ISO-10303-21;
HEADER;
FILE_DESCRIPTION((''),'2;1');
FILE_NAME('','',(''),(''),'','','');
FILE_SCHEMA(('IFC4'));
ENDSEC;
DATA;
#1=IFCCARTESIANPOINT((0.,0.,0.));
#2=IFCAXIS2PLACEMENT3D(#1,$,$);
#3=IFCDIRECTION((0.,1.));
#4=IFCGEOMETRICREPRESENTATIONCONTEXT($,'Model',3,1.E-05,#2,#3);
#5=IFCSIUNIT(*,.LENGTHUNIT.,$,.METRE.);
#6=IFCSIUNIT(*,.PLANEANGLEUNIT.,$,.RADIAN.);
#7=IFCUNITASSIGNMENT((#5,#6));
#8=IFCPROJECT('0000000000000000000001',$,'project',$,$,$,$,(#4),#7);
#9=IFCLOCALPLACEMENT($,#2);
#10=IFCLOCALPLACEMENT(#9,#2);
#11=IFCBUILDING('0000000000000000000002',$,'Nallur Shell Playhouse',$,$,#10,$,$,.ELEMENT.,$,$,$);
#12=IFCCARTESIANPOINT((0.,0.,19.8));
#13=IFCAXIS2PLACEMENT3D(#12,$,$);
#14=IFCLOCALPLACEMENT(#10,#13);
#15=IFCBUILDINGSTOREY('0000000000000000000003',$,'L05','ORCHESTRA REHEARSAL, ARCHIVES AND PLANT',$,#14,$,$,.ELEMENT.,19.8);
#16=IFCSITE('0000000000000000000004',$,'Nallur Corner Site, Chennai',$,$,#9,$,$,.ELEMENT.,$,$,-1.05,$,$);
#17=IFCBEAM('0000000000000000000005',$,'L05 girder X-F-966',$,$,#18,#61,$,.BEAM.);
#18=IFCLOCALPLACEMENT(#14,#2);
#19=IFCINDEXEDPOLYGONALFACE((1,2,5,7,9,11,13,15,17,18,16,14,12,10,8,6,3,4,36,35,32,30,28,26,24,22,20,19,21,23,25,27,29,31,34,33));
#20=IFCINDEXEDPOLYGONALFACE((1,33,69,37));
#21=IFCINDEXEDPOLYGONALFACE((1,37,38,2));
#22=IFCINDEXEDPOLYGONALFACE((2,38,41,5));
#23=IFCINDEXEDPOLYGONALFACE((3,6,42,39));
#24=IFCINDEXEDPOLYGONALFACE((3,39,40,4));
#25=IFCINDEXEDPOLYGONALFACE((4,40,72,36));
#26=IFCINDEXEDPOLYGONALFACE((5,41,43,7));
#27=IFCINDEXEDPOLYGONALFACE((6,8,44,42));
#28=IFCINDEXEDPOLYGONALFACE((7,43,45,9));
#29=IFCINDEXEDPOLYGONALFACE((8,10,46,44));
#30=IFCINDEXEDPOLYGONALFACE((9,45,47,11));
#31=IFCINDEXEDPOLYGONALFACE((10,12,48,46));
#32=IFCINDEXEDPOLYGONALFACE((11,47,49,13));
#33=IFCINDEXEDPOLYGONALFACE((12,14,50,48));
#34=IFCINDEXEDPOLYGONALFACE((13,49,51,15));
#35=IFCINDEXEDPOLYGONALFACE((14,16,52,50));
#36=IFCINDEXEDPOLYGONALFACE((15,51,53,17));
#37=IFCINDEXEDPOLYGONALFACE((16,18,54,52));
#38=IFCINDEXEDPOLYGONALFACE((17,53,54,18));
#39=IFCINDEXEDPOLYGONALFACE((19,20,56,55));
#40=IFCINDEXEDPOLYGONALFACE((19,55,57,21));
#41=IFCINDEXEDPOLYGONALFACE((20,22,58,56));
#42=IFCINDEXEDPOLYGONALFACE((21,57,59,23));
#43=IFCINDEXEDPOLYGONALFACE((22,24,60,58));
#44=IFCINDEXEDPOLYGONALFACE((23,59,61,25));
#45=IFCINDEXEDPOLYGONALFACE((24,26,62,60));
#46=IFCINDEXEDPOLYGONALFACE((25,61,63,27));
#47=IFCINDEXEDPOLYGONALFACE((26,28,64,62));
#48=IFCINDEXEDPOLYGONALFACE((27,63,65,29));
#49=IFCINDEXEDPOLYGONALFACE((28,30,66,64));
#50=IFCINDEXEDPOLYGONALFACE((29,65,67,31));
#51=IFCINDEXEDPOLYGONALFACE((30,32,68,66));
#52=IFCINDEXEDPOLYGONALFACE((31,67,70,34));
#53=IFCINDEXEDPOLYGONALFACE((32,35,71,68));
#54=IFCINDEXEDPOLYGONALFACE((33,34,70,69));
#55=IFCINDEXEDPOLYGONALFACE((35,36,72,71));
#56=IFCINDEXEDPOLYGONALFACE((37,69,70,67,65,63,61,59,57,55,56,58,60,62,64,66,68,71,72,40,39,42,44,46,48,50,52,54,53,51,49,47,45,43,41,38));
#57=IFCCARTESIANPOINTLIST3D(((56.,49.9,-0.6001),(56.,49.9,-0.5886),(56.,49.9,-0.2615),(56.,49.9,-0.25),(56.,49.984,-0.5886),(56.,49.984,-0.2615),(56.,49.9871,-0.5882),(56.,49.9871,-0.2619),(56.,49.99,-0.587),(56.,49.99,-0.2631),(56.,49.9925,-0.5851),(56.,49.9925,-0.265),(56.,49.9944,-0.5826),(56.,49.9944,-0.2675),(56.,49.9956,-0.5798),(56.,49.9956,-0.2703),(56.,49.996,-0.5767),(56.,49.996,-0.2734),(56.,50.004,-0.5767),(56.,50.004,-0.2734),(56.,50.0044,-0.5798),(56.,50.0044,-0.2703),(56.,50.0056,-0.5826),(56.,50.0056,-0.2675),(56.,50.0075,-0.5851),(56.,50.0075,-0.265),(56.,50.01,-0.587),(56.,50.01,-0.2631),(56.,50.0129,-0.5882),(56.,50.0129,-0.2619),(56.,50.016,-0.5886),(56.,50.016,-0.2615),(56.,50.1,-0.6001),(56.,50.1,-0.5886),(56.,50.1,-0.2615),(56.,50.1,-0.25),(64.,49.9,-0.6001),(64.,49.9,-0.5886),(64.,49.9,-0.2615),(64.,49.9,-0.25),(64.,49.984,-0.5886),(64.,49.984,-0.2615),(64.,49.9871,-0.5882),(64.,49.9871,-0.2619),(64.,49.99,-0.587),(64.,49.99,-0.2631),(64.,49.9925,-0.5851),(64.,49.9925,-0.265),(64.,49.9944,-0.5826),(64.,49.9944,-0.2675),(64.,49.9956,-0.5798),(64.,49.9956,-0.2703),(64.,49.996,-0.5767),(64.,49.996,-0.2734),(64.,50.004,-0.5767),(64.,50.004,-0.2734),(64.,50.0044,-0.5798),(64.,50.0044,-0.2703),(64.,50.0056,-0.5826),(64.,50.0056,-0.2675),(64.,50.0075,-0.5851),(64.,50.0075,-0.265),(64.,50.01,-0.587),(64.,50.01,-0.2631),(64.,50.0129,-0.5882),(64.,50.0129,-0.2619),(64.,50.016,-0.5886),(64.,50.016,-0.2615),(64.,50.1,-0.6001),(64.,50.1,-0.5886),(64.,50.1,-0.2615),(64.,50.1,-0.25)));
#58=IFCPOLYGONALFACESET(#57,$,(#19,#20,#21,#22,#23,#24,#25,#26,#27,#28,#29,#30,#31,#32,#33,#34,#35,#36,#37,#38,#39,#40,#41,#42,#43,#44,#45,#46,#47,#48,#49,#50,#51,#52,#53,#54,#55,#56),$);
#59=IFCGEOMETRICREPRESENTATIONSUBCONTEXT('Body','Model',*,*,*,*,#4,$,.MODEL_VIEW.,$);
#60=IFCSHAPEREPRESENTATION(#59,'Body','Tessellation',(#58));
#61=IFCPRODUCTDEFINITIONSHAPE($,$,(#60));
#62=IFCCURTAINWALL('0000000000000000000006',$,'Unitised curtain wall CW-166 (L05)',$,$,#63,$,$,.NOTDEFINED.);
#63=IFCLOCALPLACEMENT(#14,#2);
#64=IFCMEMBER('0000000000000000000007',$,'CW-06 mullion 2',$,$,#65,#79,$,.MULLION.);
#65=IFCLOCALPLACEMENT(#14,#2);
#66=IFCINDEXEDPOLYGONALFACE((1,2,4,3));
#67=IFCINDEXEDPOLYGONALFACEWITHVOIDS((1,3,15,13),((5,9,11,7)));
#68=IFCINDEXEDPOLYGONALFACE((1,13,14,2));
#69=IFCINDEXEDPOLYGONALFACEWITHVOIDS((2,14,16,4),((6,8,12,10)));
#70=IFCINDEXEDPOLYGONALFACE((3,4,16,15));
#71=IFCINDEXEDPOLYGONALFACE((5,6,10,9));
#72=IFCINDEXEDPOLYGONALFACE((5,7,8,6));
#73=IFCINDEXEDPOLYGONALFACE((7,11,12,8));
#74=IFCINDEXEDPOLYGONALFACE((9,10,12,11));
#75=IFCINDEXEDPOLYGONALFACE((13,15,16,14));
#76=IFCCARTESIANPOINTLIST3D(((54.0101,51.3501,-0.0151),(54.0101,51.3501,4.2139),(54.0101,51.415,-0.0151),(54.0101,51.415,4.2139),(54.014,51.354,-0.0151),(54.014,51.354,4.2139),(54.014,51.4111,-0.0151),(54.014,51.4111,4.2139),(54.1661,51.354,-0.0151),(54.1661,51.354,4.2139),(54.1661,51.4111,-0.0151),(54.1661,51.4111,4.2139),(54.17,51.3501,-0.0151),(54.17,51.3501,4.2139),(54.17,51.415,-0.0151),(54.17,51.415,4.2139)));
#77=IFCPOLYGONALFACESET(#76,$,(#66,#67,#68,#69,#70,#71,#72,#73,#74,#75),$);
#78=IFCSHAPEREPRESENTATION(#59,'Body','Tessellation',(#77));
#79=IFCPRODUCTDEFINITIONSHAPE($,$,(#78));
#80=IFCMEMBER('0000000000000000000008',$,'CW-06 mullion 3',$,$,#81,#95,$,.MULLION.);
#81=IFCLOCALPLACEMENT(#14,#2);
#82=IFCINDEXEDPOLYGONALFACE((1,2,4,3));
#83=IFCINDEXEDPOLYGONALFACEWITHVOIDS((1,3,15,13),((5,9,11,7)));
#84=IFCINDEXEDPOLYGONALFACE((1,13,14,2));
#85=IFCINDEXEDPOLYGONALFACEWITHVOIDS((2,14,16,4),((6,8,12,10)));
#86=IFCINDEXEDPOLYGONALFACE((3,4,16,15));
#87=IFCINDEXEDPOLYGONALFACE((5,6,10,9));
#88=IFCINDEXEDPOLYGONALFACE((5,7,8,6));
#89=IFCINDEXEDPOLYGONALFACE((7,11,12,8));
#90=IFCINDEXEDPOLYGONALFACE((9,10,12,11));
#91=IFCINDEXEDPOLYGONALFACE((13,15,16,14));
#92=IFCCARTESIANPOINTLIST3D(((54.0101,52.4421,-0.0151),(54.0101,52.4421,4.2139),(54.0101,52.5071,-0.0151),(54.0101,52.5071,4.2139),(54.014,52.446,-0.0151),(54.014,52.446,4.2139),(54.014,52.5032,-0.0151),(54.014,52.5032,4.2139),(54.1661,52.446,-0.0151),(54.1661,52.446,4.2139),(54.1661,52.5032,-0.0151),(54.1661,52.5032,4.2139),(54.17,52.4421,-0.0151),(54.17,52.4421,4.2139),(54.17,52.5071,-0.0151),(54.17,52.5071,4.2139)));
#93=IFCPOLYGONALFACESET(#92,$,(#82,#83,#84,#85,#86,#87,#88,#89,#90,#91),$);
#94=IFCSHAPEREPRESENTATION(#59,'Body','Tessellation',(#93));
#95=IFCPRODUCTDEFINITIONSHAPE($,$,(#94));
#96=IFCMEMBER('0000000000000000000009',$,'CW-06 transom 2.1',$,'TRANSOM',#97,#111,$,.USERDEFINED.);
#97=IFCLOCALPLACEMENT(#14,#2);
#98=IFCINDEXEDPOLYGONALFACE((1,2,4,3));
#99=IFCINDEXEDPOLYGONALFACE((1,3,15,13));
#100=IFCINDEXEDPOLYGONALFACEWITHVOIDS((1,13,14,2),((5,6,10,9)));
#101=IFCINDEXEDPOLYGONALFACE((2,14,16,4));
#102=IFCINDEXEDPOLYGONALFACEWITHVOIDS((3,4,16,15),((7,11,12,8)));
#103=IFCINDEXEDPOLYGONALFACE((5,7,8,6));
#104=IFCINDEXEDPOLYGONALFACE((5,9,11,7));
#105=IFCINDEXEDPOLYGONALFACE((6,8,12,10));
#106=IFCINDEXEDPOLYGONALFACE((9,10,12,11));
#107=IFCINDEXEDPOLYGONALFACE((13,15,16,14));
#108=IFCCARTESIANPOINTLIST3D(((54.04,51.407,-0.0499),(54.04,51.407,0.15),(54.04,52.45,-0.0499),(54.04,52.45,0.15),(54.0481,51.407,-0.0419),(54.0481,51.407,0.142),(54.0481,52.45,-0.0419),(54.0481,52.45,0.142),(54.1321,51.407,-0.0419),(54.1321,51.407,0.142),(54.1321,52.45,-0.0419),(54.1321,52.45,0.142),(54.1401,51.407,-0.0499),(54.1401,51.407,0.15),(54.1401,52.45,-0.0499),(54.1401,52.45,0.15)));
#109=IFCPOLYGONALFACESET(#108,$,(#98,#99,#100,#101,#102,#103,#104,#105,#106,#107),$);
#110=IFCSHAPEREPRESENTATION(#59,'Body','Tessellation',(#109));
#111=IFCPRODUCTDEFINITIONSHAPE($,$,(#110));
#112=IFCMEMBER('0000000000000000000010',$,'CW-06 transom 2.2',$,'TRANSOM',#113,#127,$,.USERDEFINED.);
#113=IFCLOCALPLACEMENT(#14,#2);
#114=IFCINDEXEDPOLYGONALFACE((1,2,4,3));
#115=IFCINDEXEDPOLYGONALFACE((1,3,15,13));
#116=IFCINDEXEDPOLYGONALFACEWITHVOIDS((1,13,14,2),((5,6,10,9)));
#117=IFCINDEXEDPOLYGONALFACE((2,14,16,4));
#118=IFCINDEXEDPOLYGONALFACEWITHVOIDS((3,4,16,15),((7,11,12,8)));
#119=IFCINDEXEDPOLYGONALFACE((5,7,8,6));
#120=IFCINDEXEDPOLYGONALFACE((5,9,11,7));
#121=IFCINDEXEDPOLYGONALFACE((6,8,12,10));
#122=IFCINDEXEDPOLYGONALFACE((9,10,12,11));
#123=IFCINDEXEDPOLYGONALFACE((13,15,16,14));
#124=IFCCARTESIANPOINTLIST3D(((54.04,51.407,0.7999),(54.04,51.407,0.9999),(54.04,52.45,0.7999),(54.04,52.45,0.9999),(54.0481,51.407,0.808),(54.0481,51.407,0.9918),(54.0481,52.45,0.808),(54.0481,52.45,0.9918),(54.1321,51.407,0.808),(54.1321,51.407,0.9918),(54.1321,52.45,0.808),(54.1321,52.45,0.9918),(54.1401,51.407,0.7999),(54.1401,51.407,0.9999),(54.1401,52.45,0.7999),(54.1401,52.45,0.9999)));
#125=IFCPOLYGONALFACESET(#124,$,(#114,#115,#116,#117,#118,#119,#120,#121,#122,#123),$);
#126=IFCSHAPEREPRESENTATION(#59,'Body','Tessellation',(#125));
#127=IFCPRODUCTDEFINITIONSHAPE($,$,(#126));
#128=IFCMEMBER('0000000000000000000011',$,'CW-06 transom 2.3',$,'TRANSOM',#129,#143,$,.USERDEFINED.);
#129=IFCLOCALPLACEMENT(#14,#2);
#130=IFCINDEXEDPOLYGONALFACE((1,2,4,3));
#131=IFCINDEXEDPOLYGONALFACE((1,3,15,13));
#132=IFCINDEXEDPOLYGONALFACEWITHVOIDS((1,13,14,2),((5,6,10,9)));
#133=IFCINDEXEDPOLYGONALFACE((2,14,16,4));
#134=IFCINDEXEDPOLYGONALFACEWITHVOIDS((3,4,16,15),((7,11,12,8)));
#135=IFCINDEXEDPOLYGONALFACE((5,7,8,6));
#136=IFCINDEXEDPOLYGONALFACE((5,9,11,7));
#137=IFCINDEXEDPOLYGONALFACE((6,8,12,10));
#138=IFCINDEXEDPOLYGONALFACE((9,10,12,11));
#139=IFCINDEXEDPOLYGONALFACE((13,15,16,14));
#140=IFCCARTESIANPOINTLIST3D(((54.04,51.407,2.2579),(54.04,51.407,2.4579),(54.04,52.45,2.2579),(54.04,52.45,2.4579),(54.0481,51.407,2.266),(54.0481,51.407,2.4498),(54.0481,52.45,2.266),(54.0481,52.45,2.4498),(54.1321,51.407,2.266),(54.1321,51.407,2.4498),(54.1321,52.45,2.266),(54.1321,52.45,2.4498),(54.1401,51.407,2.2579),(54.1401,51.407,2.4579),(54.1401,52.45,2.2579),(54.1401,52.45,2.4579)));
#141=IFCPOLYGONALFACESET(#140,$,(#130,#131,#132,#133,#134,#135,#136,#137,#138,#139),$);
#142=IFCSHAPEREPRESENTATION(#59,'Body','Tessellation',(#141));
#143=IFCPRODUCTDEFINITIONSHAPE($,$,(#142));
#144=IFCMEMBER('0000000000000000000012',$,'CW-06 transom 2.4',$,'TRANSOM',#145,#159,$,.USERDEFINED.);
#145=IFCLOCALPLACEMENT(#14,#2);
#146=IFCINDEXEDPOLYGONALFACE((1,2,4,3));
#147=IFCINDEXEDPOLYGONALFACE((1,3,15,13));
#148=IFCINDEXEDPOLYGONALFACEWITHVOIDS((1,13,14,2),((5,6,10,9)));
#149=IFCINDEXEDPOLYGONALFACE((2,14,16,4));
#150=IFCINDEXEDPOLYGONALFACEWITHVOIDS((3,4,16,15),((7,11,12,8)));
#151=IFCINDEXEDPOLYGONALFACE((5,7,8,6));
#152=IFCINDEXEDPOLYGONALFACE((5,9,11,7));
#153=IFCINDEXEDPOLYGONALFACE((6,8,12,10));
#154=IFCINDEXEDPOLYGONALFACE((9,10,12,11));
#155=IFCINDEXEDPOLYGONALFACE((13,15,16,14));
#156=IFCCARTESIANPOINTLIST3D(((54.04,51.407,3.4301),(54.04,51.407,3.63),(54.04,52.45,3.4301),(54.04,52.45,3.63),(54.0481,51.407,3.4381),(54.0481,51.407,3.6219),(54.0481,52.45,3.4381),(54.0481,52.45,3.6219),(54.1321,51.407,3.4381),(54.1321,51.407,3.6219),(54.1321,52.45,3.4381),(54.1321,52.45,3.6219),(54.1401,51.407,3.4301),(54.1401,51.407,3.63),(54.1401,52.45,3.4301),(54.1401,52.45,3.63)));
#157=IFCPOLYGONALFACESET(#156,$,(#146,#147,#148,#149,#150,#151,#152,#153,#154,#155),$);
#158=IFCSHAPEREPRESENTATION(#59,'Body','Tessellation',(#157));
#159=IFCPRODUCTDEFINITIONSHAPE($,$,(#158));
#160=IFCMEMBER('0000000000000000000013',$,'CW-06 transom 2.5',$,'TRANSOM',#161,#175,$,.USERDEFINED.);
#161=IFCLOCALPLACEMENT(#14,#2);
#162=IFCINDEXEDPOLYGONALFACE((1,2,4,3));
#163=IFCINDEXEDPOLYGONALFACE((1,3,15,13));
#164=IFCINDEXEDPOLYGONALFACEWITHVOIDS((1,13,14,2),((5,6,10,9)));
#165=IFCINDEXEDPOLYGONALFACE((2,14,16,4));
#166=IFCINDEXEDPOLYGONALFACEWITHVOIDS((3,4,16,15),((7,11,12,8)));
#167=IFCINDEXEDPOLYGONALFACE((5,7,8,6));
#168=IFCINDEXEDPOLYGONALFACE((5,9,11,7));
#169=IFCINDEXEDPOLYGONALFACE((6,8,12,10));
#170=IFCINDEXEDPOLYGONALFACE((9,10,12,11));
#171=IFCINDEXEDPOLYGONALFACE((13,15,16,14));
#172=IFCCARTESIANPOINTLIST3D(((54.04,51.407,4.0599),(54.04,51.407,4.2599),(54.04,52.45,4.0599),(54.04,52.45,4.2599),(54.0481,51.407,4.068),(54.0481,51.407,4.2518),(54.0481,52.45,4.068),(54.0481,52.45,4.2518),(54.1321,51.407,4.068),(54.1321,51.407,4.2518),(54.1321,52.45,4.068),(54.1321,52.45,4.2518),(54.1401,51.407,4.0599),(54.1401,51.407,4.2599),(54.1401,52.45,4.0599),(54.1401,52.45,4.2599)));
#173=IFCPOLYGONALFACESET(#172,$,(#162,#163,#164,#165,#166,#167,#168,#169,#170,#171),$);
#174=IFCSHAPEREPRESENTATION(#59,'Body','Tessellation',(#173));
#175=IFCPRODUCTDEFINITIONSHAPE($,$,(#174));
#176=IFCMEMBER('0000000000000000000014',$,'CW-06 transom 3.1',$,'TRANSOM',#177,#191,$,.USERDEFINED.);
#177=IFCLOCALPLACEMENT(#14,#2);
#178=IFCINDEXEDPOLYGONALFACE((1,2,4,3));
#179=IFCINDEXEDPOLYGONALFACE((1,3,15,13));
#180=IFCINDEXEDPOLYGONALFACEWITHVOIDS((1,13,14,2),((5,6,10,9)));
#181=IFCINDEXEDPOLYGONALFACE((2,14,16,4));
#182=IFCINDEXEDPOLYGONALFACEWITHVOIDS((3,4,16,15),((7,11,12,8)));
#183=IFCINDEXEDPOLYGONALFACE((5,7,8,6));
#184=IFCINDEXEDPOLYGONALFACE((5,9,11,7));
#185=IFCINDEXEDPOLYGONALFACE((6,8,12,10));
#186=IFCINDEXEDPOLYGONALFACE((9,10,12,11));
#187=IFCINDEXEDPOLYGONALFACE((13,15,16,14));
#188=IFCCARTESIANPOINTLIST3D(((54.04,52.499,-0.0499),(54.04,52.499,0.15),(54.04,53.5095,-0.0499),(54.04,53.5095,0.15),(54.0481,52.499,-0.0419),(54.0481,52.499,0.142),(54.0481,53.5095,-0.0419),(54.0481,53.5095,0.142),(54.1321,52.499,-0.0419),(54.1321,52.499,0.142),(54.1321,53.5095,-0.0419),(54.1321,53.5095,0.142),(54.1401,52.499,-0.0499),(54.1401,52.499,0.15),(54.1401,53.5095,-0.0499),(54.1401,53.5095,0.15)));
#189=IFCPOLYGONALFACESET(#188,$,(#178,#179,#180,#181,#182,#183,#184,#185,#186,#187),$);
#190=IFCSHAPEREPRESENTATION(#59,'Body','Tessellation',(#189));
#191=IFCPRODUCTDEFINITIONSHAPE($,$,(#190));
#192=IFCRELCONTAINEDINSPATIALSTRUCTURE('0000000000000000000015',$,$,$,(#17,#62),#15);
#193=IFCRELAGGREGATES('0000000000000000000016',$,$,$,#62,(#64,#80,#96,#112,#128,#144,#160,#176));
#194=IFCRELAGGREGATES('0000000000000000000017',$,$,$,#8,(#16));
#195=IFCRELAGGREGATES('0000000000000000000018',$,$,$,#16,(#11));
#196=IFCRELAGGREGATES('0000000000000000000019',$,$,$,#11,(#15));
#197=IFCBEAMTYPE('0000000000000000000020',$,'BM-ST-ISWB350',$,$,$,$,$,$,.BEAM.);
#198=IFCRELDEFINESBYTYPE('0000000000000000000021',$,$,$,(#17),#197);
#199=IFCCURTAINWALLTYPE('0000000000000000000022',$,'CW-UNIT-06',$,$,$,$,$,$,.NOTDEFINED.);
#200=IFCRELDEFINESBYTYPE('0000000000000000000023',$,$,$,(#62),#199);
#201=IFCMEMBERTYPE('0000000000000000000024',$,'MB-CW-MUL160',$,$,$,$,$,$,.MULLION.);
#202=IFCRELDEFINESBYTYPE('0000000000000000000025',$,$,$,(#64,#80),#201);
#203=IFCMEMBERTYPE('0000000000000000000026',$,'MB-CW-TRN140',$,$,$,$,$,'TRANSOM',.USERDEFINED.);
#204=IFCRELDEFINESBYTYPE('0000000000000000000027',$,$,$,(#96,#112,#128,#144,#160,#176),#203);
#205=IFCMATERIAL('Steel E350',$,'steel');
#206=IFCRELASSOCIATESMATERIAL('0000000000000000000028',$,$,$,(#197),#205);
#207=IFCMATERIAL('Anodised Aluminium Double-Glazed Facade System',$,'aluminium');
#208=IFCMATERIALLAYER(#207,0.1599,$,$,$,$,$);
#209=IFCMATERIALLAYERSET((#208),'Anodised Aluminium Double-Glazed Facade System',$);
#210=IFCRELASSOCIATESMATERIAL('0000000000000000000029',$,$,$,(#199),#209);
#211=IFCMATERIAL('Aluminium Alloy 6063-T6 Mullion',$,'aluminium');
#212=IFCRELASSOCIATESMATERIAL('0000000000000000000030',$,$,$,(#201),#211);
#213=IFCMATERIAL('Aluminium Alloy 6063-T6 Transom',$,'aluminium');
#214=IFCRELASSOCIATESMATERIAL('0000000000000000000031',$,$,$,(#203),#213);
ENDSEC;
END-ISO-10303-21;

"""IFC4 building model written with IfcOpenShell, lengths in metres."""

from ifc_helpers import new_model, si_unit, direction, frame, origin, origin_2d, place, context, subcontext, project, spatial, hollow_rectangle, i_section, extrude, material, layer, layer_set, material_profile, profile_set, type_object, element, aggregate, save


model = new_model("IFC4")

# Units and contexts
model_context = context("Model", 3, precision=1e-05, world=origin(), true_north=direction((0.0, 1.0)))
body_context = subcontext(model_context, "Body", "Model", "MODEL_VIEW")
ifc_project = project(units=[si_unit("LENGTHUNIT", "METRE"), si_unit("PLANEANGLEUNIT", "RADIAN")], contexts=[model_context])

# Site, building, storey
site_placement = place(None, origin())
site = spatial("IfcSite", under=ifc_project, at=site_placement, Name="Nallur Corner Site, Chennai", CompositionType="ELEMENT", RefElevation=-1.05)
building_placement = place(site_placement, origin())
building = spatial("IfcBuilding", under=site, at=building_placement, Name="Nallur Shell Playhouse", CompositionType="ELEMENT")
storey_placement = place(building_placement, frame((0.0, 0.0, 19.8)))
storey = spatial("IfcBuildingStorey", under=building, at=storey_placement, Name="L05", Description="ORCHESTRA REHEARSAL, ARCHIVES AND PLANT", CompositionType="ELEMENT", Elevation=19.8)

# Beam
ifc_material_1 = material(Name="Steel E350", Category="steel")
ifc_material_profile_1 = material_profile(ifc_material_1, i_section(OverallWidth=0.2, OverallDepth=0.3501, WebThickness=0.0081, FlangeThickness=0.0115, FilletRadius=0.012, at=origin_2d()), Name="ISWB 350")
ifc_profile_set_1 = profile_set([ifc_material_profile_1], Name="Steel E350")
beam_type_1 = type_object("IfcBeamType", Name="BM-ST-ISWB350", PredefinedType="BEAM", material=ifc_profile_set_1)
beam_1_placement = place(storey_placement, frame((56.0, 50.0, -0.425), z_axis=(1.0, 0.0, 0.0), x_axis=(0.0, 1.0, 0.0)))
element("IfcBeam", 1, at=beam_1_placement, inside=storey, type_object=beam_type_1, Name="L05 girder X-F-966", PredefinedType="BEAM", context=body_context, shape_type="SweptSolid", body=[
    extrude(i_section(OverallWidth=0.2, OverallDepth=0.3501, WebThickness=0.0081, FlangeThickness=0.0115, FilletRadius=0.012, at=origin_2d()), origin(), (0.0, 0.0, 1.0), 8.0),
])

# Curtain wall, members
ifc_material_2 = material(Name="Anodised Aluminium Double-Glazed Facade System", Category="aluminium")
ifc_layer_1 = layer(ifc_material_2, 0.1599)
ifc_layer_set_1 = layer_set([ifc_layer_1], Name="Anodised Aluminium Double-Glazed Facade System")
curtain_wall_type = type_object("IfcCurtainWallType", Name="CW-UNIT-06", PredefinedType="NOTDEFINED", material=ifc_layer_set_1)
curtain_wall_placement = place(storey_placement, origin())
curtain_wall = element("IfcCurtainWall", 2, at=curtain_wall_placement, inside=storey, type_object=curtain_wall_type, Name="Unitised curtain wall CW-166 (L05)", PredefinedType="NOTDEFINED")
ifc_material_3 = material(Name="Aluminium Alloy 6063-T6 Mullion", Category="aluminium")
ifc_material_profile_2 = material_profile(ifc_material_3, hollow_rectangle(XDim=0.0649, YDim=0.1599, WallThickness=0.0039, at=origin_2d()), Name="ALU 65x160x4")
ifc_profile_set_2 = profile_set([ifc_material_profile_2], Name="Aluminium Alloy 6063-T6 Mullion")
member_type_1 = type_object("IfcMemberType", Name="MB-CW-MUL160", PredefinedType="MULLION", material=ifc_profile_set_2)
member_1_placement = place(storey_placement, frame((54.0901, 51.3826, -0.0151), z_axis=(0.0, 0.0, 1.0), x_axis=(0.0, 1.0, 0.0)))
member_1 = element("IfcMember", 3, at=member_1_placement, type_object=member_type_1, Name="CW-06 mullion 2", PredefinedType="MULLION", context=body_context, shape_type="SweptSolid", body=[
    extrude(hollow_rectangle(XDim=0.0649, YDim=0.1599, WallThickness=0.0039, at=origin_2d()), origin(), (0.0, 0.0, 1.0), 4.229),
])
member_2_placement = place(storey_placement, frame((54.0901, 52.4746, -0.0151), z_axis=(0.0, 0.0, 1.0), x_axis=(0.0, 1.0, 0.0)))
member_2 = element("IfcMember", 4, at=member_2_placement, type_object=member_type_1, Name="CW-06 mullion 3", PredefinedType="MULLION", context=body_context, shape_type="SweptSolid", body=[
    extrude(hollow_rectangle(XDim=0.0649, YDim=0.1599, WallThickness=0.0039, at=origin_2d()), origin(), (0.0, 0.0, 1.0), 4.229),
])
ifc_material_4 = material(Name="Aluminium Alloy 6063-T6 Transom", Category="aluminium")
ifc_material_profile_3 = material_profile(ifc_material_4, hollow_rectangle(XDim=0.1001, YDim=0.2, WallThickness=0.0081, at=origin_2d()), Name="RHS 200x100x8")
ifc_profile_set_3 = profile_set([ifc_material_profile_3], Name="Aluminium Alloy 6063-T6 Transom")
member_type_2 = type_object("IfcMemberType", Name="MB-CW-TRN140", ElementType="TRANSOM", PredefinedType="USERDEFINED", material=ifc_profile_set_3)
member_3_placement = place(storey_placement, frame((54.0901, 51.407, 0.05), z_axis=(0.0, 1.0, 0.0), x_axis=(-1.0, 0.0, 0.0)))
member_3 = element("IfcMember", 5, at=member_3_placement, type_object=member_type_2, Name="CW-06 transom 2.1", ObjectType="TRANSOM", PredefinedType="USERDEFINED", context=body_context, shape_type="SweptSolid", body=[
    extrude(hollow_rectangle(XDim=0.1001, YDim=0.2, WallThickness=0.0081, at=origin_2d()), origin(), (0.0, 0.0, 1.0), 1.043),
])
member_4_placement = place(storey_placement, frame((54.0901, 51.407, 0.8999), z_axis=(0.0, 1.0, 0.0), x_axis=(-1.0, 0.0, 0.0)))
member_4 = element("IfcMember", 6, at=member_4_placement, type_object=member_type_2, Name="CW-06 transom 2.2", ObjectType="TRANSOM", PredefinedType="USERDEFINED", context=body_context, shape_type="SweptSolid", body=[
    extrude(hollow_rectangle(XDim=0.1001, YDim=0.2, WallThickness=0.0081, at=origin_2d()), origin(), (0.0, 0.0, 1.0), 1.043),
])
member_5_placement = place(storey_placement, frame((54.0901, 51.407, 2.3579), z_axis=(0.0, 1.0, 0.0), x_axis=(-1.0, 0.0, 0.0)))
member_5 = element("IfcMember", 7, at=member_5_placement, type_object=member_type_2, Name="CW-06 transom 2.3", ObjectType="TRANSOM", PredefinedType="USERDEFINED", context=body_context, shape_type="SweptSolid", body=[
    extrude(hollow_rectangle(XDim=0.1001, YDim=0.2, WallThickness=0.0081, at=origin_2d()), origin(), (0.0, 0.0, 1.0), 1.043),
])
member_6_placement = place(storey_placement, frame((54.0901, 51.407, 3.53), z_axis=(0.0, 1.0, 0.0), x_axis=(-1.0, 0.0, 0.0)))
member_6 = element("IfcMember", 8, at=member_6_placement, type_object=member_type_2, Name="CW-06 transom 2.4", ObjectType="TRANSOM", PredefinedType="USERDEFINED", context=body_context, shape_type="SweptSolid", body=[
    extrude(hollow_rectangle(XDim=0.1001, YDim=0.2, WallThickness=0.0081, at=origin_2d()), origin(), (0.0, 0.0, 1.0), 1.043),
])
member_7_placement = place(storey_placement, frame((54.0901, 51.407, 4.1599), z_axis=(0.0, 1.0, 0.0), x_axis=(-1.0, 0.0, 0.0)))
member_7 = element("IfcMember", 9, at=member_7_placement, type_object=member_type_2, Name="CW-06 transom 2.5", ObjectType="TRANSOM", PredefinedType="USERDEFINED", context=body_context, shape_type="SweptSolid", body=[
    extrude(hollow_rectangle(XDim=0.1001, YDim=0.2, WallThickness=0.0081, at=origin_2d()), origin(), (0.0, 0.0, 1.0), 1.043),
])
member_8_placement = place(storey_placement, frame((54.0901, 52.499, 0.05), z_axis=(0.0, 1.0, 0.0), x_axis=(-1.0, 0.0, 0.0)))
member_8 = element("IfcMember", 10, at=member_8_placement, type_object=member_type_2, Name="CW-06 transom 3.1", ObjectType="TRANSOM", PredefinedType="USERDEFINED", context=body_context, shape_type="SweptSolid", body=[
    extrude(hollow_rectangle(XDim=0.1001, YDim=0.2, WallThickness=0.0081, at=origin_2d()), origin(), (0.0, 0.0, 1.0), 1.0105),
])
aggregate(curtain_wall, [member_1, member_2, member_3, member_4, member_5, member_6, member_7, member_8])

save(model, "model.ifc")
